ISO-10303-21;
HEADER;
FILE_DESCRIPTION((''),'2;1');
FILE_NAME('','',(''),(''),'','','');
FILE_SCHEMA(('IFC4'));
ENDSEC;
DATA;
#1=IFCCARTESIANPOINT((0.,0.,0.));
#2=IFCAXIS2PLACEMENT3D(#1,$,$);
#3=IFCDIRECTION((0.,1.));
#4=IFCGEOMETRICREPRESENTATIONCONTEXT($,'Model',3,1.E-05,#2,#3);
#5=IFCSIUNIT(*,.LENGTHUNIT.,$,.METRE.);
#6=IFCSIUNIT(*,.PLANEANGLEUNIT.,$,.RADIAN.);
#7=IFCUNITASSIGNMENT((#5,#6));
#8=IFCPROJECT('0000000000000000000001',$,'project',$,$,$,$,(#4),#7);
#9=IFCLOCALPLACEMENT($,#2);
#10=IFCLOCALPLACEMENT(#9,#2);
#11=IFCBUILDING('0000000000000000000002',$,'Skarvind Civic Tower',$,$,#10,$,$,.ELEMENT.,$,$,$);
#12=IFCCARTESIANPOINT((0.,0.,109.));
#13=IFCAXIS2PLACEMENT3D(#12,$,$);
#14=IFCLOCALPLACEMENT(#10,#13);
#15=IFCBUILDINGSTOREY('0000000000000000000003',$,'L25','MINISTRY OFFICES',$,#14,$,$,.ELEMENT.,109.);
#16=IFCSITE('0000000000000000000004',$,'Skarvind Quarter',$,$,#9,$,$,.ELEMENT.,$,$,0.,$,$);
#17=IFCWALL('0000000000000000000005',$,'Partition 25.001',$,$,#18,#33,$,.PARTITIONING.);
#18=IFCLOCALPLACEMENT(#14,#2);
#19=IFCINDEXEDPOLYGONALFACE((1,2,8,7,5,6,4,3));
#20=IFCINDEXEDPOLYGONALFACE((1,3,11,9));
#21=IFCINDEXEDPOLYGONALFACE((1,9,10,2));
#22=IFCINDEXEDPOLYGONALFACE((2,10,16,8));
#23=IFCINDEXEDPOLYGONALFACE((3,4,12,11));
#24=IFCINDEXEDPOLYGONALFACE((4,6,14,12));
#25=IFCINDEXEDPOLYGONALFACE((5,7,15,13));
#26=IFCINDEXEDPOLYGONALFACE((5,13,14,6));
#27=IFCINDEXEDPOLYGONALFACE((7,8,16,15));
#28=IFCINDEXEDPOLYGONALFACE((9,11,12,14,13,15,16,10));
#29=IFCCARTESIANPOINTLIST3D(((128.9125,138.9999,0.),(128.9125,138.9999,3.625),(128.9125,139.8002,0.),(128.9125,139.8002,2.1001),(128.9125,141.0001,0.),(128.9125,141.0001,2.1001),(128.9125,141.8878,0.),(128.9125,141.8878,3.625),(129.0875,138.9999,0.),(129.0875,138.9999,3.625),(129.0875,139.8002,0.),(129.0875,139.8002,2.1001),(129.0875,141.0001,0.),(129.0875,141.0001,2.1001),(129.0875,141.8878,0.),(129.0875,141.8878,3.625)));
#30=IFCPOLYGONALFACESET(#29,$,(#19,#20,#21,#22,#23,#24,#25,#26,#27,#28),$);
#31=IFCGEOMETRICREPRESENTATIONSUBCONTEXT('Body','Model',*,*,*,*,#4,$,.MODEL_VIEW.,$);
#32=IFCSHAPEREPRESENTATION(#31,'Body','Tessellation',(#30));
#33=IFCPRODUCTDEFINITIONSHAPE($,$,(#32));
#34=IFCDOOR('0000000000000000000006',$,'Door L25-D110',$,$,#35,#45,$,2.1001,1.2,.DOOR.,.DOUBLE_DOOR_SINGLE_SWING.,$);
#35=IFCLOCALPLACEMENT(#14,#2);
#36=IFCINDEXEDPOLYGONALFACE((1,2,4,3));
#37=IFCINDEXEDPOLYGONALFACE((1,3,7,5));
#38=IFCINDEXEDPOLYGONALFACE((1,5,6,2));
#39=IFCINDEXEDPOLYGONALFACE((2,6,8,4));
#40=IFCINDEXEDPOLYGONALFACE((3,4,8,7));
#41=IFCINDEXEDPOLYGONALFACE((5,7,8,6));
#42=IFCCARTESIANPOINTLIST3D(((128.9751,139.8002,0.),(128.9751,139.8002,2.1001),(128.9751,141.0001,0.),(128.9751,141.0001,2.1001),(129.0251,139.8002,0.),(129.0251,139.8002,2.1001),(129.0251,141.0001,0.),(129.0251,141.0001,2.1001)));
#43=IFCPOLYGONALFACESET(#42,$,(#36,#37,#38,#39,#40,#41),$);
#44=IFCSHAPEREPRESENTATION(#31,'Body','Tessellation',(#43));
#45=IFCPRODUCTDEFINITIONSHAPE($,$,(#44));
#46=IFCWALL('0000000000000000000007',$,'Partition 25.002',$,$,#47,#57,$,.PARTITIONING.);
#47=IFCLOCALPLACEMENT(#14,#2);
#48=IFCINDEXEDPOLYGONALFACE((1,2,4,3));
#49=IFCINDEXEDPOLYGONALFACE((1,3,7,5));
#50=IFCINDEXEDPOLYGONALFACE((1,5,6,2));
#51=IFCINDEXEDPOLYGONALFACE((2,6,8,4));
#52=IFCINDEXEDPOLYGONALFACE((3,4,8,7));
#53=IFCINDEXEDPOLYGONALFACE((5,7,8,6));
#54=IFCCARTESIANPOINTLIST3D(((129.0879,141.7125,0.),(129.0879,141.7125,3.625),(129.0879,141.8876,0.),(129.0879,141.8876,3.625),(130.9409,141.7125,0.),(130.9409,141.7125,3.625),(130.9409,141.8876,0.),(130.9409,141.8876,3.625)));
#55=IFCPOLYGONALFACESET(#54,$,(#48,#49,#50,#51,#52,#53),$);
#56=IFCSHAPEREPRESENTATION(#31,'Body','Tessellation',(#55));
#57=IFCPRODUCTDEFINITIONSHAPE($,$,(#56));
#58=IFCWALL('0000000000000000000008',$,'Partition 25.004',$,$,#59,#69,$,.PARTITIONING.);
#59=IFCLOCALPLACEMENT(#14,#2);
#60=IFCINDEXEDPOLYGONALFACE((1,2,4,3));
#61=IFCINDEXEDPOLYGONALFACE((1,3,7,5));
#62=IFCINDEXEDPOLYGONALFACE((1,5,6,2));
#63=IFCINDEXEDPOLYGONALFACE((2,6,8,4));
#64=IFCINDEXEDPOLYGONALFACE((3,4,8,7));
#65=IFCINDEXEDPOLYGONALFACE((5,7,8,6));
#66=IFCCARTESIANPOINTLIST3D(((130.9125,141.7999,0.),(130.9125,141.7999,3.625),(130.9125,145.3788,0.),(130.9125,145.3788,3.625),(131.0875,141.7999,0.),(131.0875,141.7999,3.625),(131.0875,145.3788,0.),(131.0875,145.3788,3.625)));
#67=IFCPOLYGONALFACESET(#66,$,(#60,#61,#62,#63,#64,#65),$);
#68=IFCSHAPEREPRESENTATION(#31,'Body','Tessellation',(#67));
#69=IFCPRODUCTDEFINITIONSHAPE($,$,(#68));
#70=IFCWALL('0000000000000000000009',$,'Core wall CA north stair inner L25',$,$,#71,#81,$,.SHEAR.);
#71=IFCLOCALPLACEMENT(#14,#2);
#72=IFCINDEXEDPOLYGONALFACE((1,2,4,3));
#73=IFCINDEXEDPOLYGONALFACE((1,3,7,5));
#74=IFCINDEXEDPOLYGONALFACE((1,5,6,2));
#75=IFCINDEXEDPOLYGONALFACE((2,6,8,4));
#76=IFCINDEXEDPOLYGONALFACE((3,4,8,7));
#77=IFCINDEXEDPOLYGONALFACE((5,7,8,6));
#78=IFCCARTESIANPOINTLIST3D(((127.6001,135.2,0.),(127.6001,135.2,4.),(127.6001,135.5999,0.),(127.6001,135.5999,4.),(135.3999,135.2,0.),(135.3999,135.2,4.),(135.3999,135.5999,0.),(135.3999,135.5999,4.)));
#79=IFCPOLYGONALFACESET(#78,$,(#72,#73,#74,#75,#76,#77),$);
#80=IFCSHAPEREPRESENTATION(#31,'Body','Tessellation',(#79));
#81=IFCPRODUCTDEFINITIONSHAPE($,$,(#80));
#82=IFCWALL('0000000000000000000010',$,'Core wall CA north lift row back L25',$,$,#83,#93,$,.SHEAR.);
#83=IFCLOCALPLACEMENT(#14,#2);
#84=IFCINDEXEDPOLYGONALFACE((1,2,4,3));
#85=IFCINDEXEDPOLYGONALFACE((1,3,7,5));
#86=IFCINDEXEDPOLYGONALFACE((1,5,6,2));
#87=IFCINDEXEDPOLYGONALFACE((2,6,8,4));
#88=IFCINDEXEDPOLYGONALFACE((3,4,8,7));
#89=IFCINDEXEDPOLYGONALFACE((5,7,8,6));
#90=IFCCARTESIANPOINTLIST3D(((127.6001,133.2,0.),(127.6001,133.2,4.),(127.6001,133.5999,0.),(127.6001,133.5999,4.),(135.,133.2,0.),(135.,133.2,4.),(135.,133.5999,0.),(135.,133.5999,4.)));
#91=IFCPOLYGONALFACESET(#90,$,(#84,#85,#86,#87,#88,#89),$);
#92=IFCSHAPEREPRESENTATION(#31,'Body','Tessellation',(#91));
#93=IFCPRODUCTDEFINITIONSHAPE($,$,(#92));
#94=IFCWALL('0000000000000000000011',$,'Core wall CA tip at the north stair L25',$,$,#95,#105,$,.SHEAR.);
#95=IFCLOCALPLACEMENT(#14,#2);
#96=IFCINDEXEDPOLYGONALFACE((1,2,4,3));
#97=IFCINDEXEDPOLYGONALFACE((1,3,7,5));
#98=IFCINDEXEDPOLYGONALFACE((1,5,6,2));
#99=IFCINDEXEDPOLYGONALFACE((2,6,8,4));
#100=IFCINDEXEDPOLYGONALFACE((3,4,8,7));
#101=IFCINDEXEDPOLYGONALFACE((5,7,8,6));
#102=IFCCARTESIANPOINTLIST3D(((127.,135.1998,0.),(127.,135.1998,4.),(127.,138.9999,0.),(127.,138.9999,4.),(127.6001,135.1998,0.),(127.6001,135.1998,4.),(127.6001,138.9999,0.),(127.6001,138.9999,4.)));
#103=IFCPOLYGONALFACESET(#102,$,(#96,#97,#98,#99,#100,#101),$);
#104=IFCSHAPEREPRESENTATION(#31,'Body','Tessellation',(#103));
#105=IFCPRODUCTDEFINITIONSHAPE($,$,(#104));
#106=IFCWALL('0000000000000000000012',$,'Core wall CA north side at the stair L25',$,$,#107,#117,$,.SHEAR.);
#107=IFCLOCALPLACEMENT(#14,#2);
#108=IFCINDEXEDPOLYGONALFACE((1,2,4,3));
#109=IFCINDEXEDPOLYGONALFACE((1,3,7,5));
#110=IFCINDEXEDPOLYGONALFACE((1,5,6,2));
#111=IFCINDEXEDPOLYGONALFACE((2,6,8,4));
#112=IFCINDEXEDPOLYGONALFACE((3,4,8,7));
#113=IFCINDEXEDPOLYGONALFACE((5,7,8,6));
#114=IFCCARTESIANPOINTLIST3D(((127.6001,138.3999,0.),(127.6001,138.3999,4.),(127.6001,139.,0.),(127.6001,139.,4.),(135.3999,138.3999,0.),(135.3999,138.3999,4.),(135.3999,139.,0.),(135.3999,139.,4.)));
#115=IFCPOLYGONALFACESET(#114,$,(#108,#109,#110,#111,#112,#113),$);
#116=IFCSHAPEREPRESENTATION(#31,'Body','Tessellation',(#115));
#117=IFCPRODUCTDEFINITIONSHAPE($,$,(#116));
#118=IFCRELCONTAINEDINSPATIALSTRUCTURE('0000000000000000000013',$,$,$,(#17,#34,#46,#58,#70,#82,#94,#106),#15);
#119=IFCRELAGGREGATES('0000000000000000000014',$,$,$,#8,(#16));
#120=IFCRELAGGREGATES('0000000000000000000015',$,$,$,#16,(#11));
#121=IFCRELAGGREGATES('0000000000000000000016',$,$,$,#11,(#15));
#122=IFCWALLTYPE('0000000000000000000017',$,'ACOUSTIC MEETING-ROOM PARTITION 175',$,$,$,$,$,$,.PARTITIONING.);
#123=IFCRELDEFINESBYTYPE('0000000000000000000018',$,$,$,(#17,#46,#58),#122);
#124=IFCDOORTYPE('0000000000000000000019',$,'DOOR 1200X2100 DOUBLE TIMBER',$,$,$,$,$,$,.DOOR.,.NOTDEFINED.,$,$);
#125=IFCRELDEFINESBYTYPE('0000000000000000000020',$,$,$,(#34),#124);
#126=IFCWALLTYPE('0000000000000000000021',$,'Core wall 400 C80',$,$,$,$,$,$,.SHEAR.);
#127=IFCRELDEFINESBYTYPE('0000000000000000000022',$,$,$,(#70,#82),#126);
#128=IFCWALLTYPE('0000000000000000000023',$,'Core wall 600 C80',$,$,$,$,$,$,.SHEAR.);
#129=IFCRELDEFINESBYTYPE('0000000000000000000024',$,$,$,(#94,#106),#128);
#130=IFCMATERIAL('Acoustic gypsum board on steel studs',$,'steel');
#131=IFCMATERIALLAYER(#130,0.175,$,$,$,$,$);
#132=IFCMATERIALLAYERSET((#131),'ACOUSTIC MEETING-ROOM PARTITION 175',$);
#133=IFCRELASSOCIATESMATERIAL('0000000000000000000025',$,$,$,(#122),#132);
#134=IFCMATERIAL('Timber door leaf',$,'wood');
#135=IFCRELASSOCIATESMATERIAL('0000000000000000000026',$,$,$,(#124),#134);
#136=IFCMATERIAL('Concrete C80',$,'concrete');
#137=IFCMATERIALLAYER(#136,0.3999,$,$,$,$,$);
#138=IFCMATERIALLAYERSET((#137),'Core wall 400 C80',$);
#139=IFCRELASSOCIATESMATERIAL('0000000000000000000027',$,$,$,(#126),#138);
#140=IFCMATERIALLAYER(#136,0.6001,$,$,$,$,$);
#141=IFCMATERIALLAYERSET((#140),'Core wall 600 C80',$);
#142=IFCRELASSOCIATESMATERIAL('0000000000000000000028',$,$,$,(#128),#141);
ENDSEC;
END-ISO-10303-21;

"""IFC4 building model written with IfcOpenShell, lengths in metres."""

from ifc_helpers import new_model, si_unit, direction, frame, frame_2d, origin, place, context, subcontext, project, spatial, rectangle, extrude, material, layer, layer_set, type_object, element, fill, save


model = new_model("IFC4")

# Units and contexts
model_context = context("Model", 3, precision=1e-05, world=origin(), true_north=direction((0.0, 1.0)))
body_context = subcontext(model_context, "Body", "Model", "MODEL_VIEW")
ifc_project = project(units=[si_unit("LENGTHUNIT", "METRE"), si_unit("PLANEANGLEUNIT", "RADIAN")], contexts=[model_context])

# Site, building, storey
site_placement = place(None, origin())
site = spatial("IfcSite", under=ifc_project, at=site_placement, Name="Skarvind Quarter", CompositionType="ELEMENT", RefElevation=0.0)
building_placement = place(site_placement, origin())
building = spatial("IfcBuilding", under=site, at=building_placement, Name="Skarvind Civic Tower", CompositionType="ELEMENT")
storey_placement = place(building_placement, frame((0.0, 0.0, 109.0)))
storey = spatial("IfcBuildingStorey", under=building, at=storey_placement, Name="L25", Description="MINISTRY OFFICES", CompositionType="ELEMENT", Elevation=109.0)

# Wall, opening, door
ifc_material_1 = material(Name="Acoustic gypsum board on steel studs", Category="steel")
ifc_layer_1 = layer(ifc_material_1, 0.175)
ifc_layer_set_1 = layer_set([ifc_layer_1], Name="ACOUSTIC MEETING-ROOM PARTITION 175")
wall_type_1 = type_object("IfcWallType", Name="ACOUSTIC MEETING-ROOM PARTITION 175", PredefinedType="PARTITIONING", material=ifc_layer_set_1)
wall_1_placement = place(storey_placement, frame((129.0, 139.0, 0.0), z_axis=(0.0, 0.0, 1.0), x_axis=(0.0, 1.0, 0.0)))
wall_1 = element("IfcWall", 1, at=wall_1_placement, inside=storey, type_object=wall_type_1, Name="Partition 25.001", PredefinedType="PARTITIONING", context=body_context, shape_type="SweptSolid", body=[
    extrude(rectangle(XDim=2.8879, YDim=0.175, at=frame_2d((1.4438, 0.0))), origin(), (0.0, 0.0, 1.0), 3.625),
])
opening_1_placement = place(wall_1_placement, frame((0.8, 0.0, 0.0)))
opening_1 = element("IfcOpeningElement", 2, at=opening_1_placement, cuts=wall_1, PredefinedType="OPENING", context=body_context, shape_type="SweptSolid", body=[
    extrude(rectangle(XDim=1.2, YDim=2.1001, at=frame_2d((0.6001, 1.05))), frame((0.0, 0.0974, 0.0), z_axis=(0.0, -1.0, 0.0), x_axis=(1.0, 0.0, 0.0)), (0.0, 0.0, 1.0), 0.1951),
])
ifc_material_2 = material(Name="Timber door leaf", Category="wood")
door_type = type_object("IfcDoorType", Name="DOOR 1200X2100 DOUBLE TIMBER", OperationType="NOTDEFINED", PredefinedType="DOOR", material=ifc_material_2)
door_placement = place(opening_1_placement, origin())
door = element("IfcDoor", 3, at=door_placement, inside=storey, type_object=door_type, Name="Door L25-D110", OperationType="DOUBLE_DOOR_SINGLE_SWING", OverallHeight=2.1001, OverallWidth=1.2, PredefinedType="DOOR", context=body_context, shape_type="SweptSolid", body=[
    extrude(rectangle(XDim=1.2, YDim=2.1001, at=frame_2d((0.6001, 1.05))), frame((0.0, 0.0249, 0.0), z_axis=(0.0, -1.0, 0.0), x_axis=(1.0, 0.0, 0.0)), (0.0, 0.0, 1.0), 0.05),
])
fill(opening_1, door)

# Walls
wall_2_placement = place(storey_placement, frame((129.0879, 141.8, 0.0), z_axis=(0.0, 0.0, 1.0), x_axis=(1.0, 0.0, 0.0)))
element("IfcWall", 4, at=wall_2_placement, inside=storey, type_object=wall_type_1, Name="Partition 25.002", PredefinedType="PARTITIONING", context=body_context, shape_type="SweptSolid", body=[
    extrude(rectangle(XDim=1.853, YDim=0.175, at=frame_2d((0.9265, 0.0))), origin(), (0.0, 0.0, 1.0), 3.625),
])
wall_3_placement = place(storey_placement, frame((131.0, 145.3789, 0.0), z_axis=(0.0, 0.0, 1.0), x_axis=(0.0, -1.0, 0.0)))
element("IfcWall", 5, at=wall_3_placement, inside=storey, type_object=wall_type_1, Name="Partition 25.004", PredefinedType="PARTITIONING", context=body_context, shape_type="SweptSolid", body=[
    extrude(rectangle(XDim=3.5789, YDim=0.175, at=frame_2d((1.7896, 0.0))), origin(), (0.0, 0.0, 1.0), 3.625),
])
ifc_material_3 = material(Name="Concrete C80", Category="concrete")
ifc_layer_2 = layer(ifc_material_3, 0.3999)
ifc_layer_set_2 = layer_set([ifc_layer_2], Name="Core wall 400 C80")
wall_type_2 = type_object("IfcWallType", Name="Core wall 400 C80", PredefinedType="SHEAR", material=ifc_layer_set_2)
wall_4_placement = place(storey_placement, frame((127.6001, 135.3999, 0.0), z_axis=(0.0, 0.0, 1.0), x_axis=(1.0, 0.0, 0.0)))
element("IfcWall", 6, at=wall_4_placement, inside=storey, type_object=wall_type_2, Name="Core wall CA north stair inner L25", PredefinedType="SHEAR", context=body_context, shape_type="SweptSolid", body=[
    extrude(rectangle(XDim=7.7998, YDim=0.3999, at=frame_2d((3.8999, 0.0))), origin(), (0.0, 0.0, 1.0), 4.0),
])
wall_5_placement = place(storey_placement, frame((127.6001, 133.3999, 0.0), z_axis=(0.0, 0.0, 1.0), x_axis=(1.0, 0.0, 0.0)))
element("IfcWall", 7, at=wall_5_placement, inside=storey, type_object=wall_type_2, Name="Core wall CA north lift row back L25", PredefinedType="SHEAR", context=body_context, shape_type="SweptSolid", body=[
    extrude(rectangle(XDim=7.3999, YDim=0.3999, at=frame_2d((3.7, 0.0))), origin(), (0.0, 0.0, 1.0), 4.0),
])
ifc_layer_3 = layer(ifc_material_3, 0.6001)
ifc_layer_set_3 = layer_set([ifc_layer_3], Name="Core wall 600 C80")
wall_type_3 = type_object("IfcWallType", Name="Core wall 600 C80", PredefinedType="SHEAR", material=ifc_layer_set_3)
wall_6_placement = place(storey_placement, frame((127.3, 135.2, 0.0), z_axis=(0.0, 0.0, 1.0), x_axis=(0.0, 1.0, 0.0)))
element("IfcWall", 8, at=wall_6_placement, inside=storey, type_object=wall_type_3, Name="Core wall CA tip at the north stair L25", PredefinedType="SHEAR", context=body_context, shape_type="SweptSolid", body=[
    extrude(rectangle(XDim=3.8, YDim=0.6001, at=frame_2d((1.8999, 0.0))), origin(), (0.0, 0.0, 1.0), 4.0),
])
wall_7_placement = place(storey_placement, frame((127.6001, 138.7, 0.0), z_axis=(0.0, 0.0, 1.0), x_axis=(1.0, 0.0, 0.0)))
element("IfcWall", 9, at=wall_7_placement, inside=storey, type_object=wall_type_3, Name="Core wall CA north side at the stair L25", PredefinedType="SHEAR", context=body_context, shape_type="SweptSolid", body=[
    extrude(rectangle(XDim=7.7998, YDim=0.6001, at=frame_2d((3.8999, 0.0))), origin(), (0.0, 0.0, 1.0), 4.0),
])

save(model, "model.ifc")
